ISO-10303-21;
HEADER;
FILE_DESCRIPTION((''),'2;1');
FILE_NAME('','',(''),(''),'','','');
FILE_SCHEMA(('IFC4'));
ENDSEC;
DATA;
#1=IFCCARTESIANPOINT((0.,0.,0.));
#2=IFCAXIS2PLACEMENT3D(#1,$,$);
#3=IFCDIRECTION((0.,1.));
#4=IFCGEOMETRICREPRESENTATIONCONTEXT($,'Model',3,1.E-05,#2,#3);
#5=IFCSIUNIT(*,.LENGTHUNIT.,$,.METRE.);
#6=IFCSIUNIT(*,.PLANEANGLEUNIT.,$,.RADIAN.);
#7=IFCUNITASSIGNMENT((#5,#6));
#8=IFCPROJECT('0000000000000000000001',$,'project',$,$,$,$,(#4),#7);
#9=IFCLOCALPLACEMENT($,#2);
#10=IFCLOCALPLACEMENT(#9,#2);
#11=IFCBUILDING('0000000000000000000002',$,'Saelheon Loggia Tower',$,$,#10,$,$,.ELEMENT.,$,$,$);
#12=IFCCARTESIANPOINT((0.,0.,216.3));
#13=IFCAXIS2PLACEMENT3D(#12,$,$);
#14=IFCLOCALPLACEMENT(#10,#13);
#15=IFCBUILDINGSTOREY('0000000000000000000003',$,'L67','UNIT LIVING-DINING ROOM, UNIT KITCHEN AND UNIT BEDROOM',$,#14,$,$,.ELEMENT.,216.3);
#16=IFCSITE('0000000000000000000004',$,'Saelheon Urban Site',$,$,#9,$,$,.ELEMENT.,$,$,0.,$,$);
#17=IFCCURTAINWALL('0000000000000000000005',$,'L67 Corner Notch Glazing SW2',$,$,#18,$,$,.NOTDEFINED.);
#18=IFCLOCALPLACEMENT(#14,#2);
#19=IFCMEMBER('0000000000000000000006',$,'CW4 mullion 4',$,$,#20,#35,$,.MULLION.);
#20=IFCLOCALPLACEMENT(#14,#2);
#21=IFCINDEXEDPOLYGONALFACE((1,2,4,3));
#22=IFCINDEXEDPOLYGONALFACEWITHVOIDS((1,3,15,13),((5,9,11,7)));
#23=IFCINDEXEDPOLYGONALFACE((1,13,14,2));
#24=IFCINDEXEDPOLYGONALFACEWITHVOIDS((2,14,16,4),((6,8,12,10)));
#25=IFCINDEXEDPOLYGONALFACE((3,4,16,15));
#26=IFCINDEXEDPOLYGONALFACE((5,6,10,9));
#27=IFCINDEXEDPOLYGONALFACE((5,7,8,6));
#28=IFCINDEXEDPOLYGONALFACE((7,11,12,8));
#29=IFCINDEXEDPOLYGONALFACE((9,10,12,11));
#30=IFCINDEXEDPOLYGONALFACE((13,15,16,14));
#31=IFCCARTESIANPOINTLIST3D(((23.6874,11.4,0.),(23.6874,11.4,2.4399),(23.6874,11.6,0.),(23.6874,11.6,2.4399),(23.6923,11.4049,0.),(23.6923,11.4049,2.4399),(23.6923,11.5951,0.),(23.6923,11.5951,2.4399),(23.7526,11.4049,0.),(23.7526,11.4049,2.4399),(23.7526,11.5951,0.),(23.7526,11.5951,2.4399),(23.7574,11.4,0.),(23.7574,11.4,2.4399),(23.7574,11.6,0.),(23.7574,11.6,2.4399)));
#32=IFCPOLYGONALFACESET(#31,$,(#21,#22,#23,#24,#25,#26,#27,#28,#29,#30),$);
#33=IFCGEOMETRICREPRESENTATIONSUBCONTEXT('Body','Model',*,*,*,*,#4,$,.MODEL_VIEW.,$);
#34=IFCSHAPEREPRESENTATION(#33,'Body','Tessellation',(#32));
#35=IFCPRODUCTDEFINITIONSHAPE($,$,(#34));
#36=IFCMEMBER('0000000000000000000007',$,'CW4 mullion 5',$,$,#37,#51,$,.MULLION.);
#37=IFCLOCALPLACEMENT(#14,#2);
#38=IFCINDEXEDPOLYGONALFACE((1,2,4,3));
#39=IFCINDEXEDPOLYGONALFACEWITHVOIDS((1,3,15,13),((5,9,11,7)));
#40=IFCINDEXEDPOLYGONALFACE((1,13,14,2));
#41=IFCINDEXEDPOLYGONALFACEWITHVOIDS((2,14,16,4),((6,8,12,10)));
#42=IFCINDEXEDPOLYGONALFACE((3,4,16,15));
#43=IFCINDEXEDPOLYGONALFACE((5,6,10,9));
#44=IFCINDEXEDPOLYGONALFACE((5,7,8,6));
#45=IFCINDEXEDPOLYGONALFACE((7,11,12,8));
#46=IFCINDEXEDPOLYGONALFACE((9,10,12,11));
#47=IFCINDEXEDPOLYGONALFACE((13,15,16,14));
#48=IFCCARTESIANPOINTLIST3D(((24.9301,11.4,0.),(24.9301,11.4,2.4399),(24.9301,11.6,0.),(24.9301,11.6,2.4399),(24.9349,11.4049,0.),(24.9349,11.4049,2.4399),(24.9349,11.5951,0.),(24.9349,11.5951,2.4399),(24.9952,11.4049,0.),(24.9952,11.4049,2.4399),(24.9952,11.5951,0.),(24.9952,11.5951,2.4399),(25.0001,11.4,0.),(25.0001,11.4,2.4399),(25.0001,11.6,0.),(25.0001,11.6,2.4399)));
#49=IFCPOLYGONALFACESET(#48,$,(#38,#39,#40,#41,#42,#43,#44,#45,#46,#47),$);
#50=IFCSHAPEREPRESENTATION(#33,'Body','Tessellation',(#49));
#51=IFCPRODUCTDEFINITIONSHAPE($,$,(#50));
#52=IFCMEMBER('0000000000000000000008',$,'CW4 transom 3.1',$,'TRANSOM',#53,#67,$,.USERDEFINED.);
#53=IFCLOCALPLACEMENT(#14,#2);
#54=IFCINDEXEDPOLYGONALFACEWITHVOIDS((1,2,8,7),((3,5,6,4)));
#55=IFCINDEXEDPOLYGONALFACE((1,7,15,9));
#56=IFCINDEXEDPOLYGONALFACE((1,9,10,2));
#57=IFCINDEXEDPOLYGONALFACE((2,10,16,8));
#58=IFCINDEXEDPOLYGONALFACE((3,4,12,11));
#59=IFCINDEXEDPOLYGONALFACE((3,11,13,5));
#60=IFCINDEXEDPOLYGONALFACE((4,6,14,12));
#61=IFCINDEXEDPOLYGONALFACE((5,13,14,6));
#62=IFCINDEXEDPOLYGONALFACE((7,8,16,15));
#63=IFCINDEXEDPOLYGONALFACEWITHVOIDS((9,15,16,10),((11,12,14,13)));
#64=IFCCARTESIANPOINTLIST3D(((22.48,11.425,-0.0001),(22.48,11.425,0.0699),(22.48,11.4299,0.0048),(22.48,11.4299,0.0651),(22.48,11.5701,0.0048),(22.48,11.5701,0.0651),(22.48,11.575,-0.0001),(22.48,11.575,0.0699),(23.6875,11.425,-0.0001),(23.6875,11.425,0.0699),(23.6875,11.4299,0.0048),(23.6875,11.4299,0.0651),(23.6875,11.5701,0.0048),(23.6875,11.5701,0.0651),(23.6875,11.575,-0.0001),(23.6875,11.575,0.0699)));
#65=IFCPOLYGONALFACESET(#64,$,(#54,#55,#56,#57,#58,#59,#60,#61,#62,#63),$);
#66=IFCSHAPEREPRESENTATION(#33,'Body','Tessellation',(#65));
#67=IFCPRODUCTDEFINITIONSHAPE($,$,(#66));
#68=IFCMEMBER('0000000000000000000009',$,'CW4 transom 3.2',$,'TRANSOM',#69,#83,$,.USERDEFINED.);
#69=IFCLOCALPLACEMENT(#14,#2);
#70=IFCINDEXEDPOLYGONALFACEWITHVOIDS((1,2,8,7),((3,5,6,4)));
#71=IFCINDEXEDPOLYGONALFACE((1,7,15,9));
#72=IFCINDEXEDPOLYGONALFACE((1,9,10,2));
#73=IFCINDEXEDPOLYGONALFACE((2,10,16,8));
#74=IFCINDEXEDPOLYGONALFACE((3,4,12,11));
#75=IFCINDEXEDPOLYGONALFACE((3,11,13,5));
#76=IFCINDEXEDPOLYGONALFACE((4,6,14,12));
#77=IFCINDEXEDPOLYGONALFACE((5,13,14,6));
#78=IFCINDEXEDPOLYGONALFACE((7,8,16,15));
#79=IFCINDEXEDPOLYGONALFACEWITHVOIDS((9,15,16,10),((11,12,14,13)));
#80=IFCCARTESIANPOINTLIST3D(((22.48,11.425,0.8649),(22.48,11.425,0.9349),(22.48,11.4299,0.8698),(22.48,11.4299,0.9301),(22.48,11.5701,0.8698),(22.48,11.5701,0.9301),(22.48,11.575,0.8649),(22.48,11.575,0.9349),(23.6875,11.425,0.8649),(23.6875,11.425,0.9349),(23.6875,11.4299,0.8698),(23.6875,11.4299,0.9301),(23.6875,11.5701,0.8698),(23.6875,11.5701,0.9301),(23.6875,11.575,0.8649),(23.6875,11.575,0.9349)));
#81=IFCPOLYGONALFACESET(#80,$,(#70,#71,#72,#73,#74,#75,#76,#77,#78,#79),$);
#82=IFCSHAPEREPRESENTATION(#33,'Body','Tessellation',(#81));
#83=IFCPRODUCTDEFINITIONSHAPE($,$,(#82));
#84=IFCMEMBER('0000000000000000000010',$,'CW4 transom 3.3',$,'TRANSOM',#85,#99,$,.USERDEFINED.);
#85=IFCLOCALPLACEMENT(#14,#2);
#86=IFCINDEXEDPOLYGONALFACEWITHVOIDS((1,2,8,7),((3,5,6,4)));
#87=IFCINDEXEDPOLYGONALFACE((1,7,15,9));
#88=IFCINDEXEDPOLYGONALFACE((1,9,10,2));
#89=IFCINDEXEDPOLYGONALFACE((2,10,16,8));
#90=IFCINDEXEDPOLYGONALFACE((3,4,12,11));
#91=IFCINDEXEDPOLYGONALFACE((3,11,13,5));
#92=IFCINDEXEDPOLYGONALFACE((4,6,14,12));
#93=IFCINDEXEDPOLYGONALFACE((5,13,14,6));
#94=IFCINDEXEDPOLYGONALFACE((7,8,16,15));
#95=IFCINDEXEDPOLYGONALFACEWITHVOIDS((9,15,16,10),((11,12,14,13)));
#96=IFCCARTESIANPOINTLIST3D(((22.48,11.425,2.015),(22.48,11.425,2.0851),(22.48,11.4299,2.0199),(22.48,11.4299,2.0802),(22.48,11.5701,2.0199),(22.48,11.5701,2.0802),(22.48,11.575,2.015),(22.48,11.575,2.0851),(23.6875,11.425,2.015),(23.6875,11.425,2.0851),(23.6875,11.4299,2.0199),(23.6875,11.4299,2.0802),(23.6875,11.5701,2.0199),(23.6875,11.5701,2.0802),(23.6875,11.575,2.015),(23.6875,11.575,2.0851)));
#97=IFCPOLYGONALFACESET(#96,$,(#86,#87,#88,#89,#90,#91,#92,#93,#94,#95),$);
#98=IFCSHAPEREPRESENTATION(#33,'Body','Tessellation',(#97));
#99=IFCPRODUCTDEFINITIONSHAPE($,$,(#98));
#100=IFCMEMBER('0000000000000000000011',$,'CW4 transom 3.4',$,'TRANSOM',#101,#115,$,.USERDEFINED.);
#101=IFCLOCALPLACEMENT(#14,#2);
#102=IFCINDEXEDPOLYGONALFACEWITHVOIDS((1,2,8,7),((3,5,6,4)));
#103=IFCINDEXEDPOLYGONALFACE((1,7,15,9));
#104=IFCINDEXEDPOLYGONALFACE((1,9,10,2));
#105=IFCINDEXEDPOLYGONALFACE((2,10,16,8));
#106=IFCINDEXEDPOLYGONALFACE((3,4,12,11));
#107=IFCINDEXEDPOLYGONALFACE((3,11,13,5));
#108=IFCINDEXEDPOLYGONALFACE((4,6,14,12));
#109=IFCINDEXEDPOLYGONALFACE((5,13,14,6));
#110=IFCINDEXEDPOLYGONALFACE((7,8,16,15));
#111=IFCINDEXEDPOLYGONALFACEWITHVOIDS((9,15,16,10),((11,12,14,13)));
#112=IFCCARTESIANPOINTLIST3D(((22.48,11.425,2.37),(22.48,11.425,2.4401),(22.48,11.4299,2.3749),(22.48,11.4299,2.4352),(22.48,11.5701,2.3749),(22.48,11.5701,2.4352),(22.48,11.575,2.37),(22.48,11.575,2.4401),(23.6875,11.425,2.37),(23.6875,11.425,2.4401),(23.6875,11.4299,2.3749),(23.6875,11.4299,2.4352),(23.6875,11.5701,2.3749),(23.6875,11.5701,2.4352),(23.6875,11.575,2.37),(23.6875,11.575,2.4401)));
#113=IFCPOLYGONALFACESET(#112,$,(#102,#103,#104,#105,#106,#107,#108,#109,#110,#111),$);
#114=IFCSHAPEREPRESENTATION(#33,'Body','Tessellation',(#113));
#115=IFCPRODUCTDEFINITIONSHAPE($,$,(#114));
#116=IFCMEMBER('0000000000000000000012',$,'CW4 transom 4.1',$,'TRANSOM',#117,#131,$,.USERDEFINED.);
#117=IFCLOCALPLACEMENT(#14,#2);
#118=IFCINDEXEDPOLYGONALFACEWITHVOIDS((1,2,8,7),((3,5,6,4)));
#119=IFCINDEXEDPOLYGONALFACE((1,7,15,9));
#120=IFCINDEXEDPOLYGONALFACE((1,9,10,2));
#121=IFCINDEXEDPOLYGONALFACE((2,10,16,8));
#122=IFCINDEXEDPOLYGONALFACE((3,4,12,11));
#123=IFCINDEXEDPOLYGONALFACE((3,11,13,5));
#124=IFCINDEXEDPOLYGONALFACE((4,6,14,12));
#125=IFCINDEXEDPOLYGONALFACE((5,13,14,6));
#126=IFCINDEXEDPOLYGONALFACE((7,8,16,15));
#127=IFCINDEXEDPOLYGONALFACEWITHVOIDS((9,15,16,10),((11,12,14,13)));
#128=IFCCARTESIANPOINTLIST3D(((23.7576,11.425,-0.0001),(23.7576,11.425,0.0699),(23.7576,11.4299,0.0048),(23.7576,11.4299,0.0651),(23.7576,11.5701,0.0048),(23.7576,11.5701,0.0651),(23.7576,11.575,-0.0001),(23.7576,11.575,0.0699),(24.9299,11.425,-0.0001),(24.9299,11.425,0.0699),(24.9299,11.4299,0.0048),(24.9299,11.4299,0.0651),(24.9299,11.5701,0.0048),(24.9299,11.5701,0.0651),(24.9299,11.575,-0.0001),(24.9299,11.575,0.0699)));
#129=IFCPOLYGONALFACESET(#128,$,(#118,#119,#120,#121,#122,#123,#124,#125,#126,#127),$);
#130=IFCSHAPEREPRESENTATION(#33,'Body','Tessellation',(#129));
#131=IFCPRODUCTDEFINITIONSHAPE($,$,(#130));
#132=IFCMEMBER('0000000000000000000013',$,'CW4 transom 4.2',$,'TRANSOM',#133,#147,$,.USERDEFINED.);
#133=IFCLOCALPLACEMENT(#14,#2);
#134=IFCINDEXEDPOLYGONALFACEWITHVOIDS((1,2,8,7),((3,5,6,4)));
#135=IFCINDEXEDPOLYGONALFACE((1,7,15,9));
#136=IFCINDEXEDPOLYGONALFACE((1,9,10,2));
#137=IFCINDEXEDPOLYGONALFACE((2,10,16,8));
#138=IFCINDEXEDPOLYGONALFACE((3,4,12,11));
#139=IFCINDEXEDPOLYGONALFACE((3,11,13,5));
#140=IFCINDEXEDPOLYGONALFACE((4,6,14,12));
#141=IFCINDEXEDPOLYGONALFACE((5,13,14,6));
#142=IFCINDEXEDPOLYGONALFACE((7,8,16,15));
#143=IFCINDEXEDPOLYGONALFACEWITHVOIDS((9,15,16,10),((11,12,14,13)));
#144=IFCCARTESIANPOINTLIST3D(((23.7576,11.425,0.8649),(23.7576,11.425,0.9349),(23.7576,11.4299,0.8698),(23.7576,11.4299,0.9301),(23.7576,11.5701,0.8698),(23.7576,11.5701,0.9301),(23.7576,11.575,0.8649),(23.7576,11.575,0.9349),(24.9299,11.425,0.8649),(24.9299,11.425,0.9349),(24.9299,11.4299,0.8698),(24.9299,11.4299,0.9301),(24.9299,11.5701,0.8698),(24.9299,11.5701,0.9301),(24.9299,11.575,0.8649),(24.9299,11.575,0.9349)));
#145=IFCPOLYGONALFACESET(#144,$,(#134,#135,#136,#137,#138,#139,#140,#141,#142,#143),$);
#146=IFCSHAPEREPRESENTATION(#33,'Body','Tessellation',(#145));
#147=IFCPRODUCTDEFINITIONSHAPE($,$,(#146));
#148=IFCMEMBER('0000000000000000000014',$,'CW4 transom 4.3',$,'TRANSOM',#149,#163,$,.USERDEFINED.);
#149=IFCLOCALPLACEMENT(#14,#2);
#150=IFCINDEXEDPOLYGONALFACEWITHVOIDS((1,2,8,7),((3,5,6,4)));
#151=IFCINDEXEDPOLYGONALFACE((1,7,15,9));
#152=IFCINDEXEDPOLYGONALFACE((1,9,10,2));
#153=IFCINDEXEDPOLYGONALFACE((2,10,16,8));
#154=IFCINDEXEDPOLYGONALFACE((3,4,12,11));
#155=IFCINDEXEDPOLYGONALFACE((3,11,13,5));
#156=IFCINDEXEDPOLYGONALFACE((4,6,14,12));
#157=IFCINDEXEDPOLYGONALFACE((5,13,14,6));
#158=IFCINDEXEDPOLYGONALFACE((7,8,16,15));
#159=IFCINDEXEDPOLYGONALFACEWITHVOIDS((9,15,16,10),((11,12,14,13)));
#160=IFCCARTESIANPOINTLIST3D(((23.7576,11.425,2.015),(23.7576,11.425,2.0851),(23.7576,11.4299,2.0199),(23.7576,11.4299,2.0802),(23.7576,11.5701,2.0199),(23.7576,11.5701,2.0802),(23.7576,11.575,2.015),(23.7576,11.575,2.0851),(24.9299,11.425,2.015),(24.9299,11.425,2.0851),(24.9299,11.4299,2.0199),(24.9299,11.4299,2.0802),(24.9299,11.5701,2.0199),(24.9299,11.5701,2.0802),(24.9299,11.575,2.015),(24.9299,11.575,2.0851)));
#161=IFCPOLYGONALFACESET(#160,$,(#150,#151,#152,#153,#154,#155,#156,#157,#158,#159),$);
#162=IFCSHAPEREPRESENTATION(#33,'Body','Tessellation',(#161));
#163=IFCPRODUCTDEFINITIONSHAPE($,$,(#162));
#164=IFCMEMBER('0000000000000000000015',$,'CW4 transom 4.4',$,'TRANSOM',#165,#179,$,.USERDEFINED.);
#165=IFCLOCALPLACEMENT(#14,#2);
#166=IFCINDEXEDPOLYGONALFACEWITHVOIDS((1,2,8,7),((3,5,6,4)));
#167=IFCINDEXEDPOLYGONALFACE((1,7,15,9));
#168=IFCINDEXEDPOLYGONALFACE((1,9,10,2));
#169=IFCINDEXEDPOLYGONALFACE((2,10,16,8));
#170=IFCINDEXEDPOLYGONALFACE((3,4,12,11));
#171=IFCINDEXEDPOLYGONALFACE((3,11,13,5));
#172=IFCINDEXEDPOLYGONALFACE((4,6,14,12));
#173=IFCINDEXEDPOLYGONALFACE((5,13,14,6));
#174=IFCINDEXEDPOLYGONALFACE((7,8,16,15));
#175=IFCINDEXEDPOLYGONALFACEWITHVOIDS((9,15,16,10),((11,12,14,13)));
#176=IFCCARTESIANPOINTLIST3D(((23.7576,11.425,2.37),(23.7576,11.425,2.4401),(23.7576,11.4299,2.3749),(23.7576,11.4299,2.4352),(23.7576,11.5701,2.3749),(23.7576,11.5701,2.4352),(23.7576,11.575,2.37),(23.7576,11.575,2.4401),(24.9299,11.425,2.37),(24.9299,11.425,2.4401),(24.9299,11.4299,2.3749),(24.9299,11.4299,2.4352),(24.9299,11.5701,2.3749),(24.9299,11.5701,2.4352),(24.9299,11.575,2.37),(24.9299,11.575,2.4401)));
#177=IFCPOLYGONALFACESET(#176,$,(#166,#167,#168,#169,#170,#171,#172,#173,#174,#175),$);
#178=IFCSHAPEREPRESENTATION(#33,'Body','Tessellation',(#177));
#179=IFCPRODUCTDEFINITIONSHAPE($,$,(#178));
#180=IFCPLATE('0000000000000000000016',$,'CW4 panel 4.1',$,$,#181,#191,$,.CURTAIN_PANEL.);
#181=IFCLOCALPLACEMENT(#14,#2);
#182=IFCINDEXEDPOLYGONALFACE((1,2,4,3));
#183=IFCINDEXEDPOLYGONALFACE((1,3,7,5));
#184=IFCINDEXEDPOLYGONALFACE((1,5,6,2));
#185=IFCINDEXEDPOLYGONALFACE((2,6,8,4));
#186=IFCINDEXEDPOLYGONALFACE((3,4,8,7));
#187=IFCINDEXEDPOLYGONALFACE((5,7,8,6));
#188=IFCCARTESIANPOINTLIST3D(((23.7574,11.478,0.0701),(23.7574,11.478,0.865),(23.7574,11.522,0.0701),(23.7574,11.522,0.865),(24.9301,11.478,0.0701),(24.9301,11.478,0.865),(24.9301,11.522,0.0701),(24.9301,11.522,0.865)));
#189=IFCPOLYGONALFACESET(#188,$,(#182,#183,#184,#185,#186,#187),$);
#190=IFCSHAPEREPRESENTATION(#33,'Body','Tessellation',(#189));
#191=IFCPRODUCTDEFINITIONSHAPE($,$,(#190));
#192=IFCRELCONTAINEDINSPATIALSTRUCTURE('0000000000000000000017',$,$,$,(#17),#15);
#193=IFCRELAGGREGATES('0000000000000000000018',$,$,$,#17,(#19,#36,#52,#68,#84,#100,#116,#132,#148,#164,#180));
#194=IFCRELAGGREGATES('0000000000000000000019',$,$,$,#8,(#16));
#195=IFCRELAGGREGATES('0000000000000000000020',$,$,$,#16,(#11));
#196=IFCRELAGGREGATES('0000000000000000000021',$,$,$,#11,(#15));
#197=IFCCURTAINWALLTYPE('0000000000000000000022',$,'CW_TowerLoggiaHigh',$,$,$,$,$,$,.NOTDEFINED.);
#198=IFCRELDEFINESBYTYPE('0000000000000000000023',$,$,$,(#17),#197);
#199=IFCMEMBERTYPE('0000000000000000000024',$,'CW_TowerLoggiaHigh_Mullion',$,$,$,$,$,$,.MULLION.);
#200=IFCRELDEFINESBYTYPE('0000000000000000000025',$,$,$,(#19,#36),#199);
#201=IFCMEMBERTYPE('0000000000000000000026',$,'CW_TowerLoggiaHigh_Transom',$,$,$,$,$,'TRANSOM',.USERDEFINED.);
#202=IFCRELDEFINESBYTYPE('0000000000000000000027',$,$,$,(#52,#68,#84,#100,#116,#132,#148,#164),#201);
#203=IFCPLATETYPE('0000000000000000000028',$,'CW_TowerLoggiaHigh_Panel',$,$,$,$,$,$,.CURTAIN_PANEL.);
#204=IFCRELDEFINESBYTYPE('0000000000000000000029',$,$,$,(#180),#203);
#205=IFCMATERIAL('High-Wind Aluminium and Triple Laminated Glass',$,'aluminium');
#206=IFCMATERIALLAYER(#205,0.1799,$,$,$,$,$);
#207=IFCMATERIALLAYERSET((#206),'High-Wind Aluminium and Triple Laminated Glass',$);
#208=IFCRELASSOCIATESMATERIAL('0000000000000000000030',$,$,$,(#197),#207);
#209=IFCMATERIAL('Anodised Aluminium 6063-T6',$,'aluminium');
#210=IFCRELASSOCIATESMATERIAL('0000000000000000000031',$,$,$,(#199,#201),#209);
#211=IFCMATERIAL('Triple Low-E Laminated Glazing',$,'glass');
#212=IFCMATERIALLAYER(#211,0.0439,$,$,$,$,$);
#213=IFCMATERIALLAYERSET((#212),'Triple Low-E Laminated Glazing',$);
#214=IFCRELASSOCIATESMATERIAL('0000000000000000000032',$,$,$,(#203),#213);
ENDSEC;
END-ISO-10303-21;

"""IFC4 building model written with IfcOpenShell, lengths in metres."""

from ifc_helpers import new_model, si_unit, direction, frame, origin, origin_2d, place, context, subcontext, project, spatial, rectangle, hollow_rectangle, extrude, source, transform, mapped, material, layer, layer_set, material_profile, profile_set, type_object, element, aggregate, save


model = new_model("IFC4")

# Units and contexts
model_context = context("Model", 3, precision=1e-05, world=origin(), true_north=direction((0.0, 1.0)))
body_context = subcontext(model_context, "Body", "Model", "MODEL_VIEW")
ifc_project = project(units=[si_unit("LENGTHUNIT", "METRE"), si_unit("PLANEANGLEUNIT", "RADIAN")], contexts=[model_context])

# Site, building, storey
site_placement = place(None, origin())
site = spatial("IfcSite", under=ifc_project, at=site_placement, Name="Saelheon Urban Site", CompositionType="ELEMENT", RefElevation=0.0)
building_placement = place(site_placement, origin())
building = spatial("IfcBuilding", under=site, at=building_placement, Name="Saelheon Loggia Tower", CompositionType="ELEMENT")
storey_placement = place(building_placement, frame((0.0, 0.0, 216.3)))
storey = spatial("IfcBuildingStorey", under=building, at=storey_placement, Name="L67", Description="UNIT LIVING-DINING ROOM, UNIT KITCHEN AND UNIT BEDROOM", CompositionType="ELEMENT", Elevation=216.3)

# Curtain wall, members, plate
ifc_material_1 = material(Name="High-Wind Aluminium and Triple Laminated Glass", Category="aluminium")
ifc_layer_1 = layer(ifc_material_1, 0.1799)
ifc_layer_set_1 = layer_set([ifc_layer_1], Name="High-Wind Aluminium and Triple Laminated Glass")
curtain_wall_type = type_object("IfcCurtainWallType", Name="CW_TowerLoggiaHigh", PredefinedType="NOTDEFINED", material=ifc_layer_set_1)
curtain_wall_placement = place(storey_placement, origin())
curtain_wall = element("IfcCurtainWall", 1, at=curtain_wall_placement, inside=storey, type_object=curtain_wall_type, Name="L67 Corner Notch Glazing SW2", PredefinedType="NOTDEFINED")
ifc_material_2 = material(Name="Anodised Aluminium 6063-T6", Category="aluminium")
ifc_material_profile_1 = material_profile(ifc_material_2, hollow_rectangle(XDim=0.0701, YDim=0.2, WallThickness=0.0049, at=origin_2d()), Name="RHS-200x70x5")
ifc_profile_set_1 = profile_set([ifc_material_profile_1], Name="Anodised Aluminium 6063-T6")
member_type_1 = type_object("IfcMemberType", Name="CW_TowerLoggiaHigh_Mullion", PredefinedType="MULLION", material=ifc_profile_set_1)
shared_shape_1 = source(origin(), body_context, "Body", "SweptSolid", [
    extrude(hollow_rectangle(XDim=0.0701, YDim=0.2, WallThickness=0.0049, at=origin_2d()), origin(), (0.0, 0.0, 1.0), 2.4399),
])
member_1_placement = place(storey_placement, frame((23.7224, 11.5, 0.0), z_axis=(0.0, 0.0, 1.0), x_axis=(1.0, 0.0, 0.0)))
member_1 = element("IfcMember", 2, at=member_1_placement, type_object=member_type_1, Name="CW4 mullion 4", PredefinedType="MULLION", context=body_context, shape_type="MappedRepresentation", body=[
    mapped(shared_shape_1, transform((0.0, 0.0, 0.0), scale=1.0)),
])
member_2_placement = place(storey_placement, frame((24.9651, 11.5, 0.0), z_axis=(0.0, 0.0, 1.0), x_axis=(1.0, 0.0, 0.0)))
member_2 = element("IfcMember", 3, at=member_2_placement, type_object=member_type_1, Name="CW4 mullion 5", PredefinedType="MULLION", context=body_context, shape_type="MappedRepresentation", body=[
    mapped(shared_shape_1, transform((0.0, 0.0, 0.0), scale=1.0)),
])
ifc_material_profile_2 = material_profile(ifc_material_2, hollow_rectangle(XDim=0.0701, YDim=0.1499, WallThickness=0.0049, at=origin_2d()), Name="RHS-150x70x5")
ifc_profile_set_2 = profile_set([ifc_material_profile_2], Name="Anodised Aluminium 6063-T6")
member_type_2 = type_object("IfcMemberType", Name="CW_TowerLoggiaHigh_Transom", ElementType="TRANSOM", PredefinedType="USERDEFINED", material=ifc_profile_set_2)
shared_shape_2 = source(origin(), body_context, "Body", "SweptSolid", [
    extrude(hollow_rectangle(XDim=0.0701, YDim=0.1499, WallThickness=0.0049, at=origin_2d()), origin(), (0.0, 0.0, 1.0), 1.2075),
])
member_3_placement = place(storey_placement, frame((22.48, 11.5, 0.0349), z_axis=(1.0, 0.0, 0.0), x_axis=(0.0, 0.0, 1.0)))
member_3 = element("IfcMember", 4, at=member_3_placement, type_object=member_type_2, Name="CW4 transom 3.1", ObjectType="TRANSOM", PredefinedType="USERDEFINED", context=body_context, shape_type="MappedRepresentation", body=[
    mapped(shared_shape_2, transform((0.0, 0.0, 0.0), scale=1.0)),
])
member_4_placement = place(storey_placement, frame((22.48, 11.5, 0.8999), z_axis=(1.0, 0.0, 0.0), x_axis=(0.0, 0.0, 1.0)))
member_4 = element("IfcMember", 5, at=member_4_placement, type_object=member_type_2, Name="CW4 transom 3.2", ObjectType="TRANSOM", PredefinedType="USERDEFINED", context=body_context, shape_type="MappedRepresentation", body=[
    mapped(shared_shape_2, transform((0.0, 0.0, 0.0), scale=1.0)),
])
member_5_placement = place(storey_placement, frame((22.48, 11.5, 2.05), z_axis=(1.0, 0.0, 0.0), x_axis=(0.0, 0.0, 1.0)))
member_5 = element("IfcMember", 6, at=member_5_placement, type_object=member_type_2, Name="CW4 transom 3.3", ObjectType="TRANSOM", PredefinedType="USERDEFINED", context=body_context, shape_type="MappedRepresentation", body=[
    mapped(shared_shape_2, transform((0.0, 0.0, 0.0), scale=1.0)),
])
member_6_placement = place(storey_placement, frame((22.48, 11.5, 2.405), z_axis=(1.0, 0.0, 0.0), x_axis=(0.0, 0.0, 1.0)))
member_6 = element("IfcMember", 7, at=member_6_placement, type_object=member_type_2, Name="CW4 transom 3.4", ObjectType="TRANSOM", PredefinedType="USERDEFINED", context=body_context, shape_type="MappedRepresentation", body=[
    mapped(shared_shape_2, transform((0.0, 0.0, 0.0), scale=1.0)),
])
shared_shape_3 = source(origin(), body_context, "Body", "SweptSolid", [
    extrude(hollow_rectangle(XDim=0.0701, YDim=0.1499, WallThickness=0.0049, at=origin_2d()), origin(), (0.0, 0.0, 1.0), 1.1724),
])
member_7_placement = place(storey_placement, frame((23.7576, 11.5, 0.0349), z_axis=(1.0, 0.0, 0.0), x_axis=(0.0, 0.0, 1.0)))
member_7 = element("IfcMember", 8, at=member_7_placement, type_object=member_type_2, Name="CW4 transom 4.1", ObjectType="TRANSOM", PredefinedType="USERDEFINED", context=body_context, shape_type="MappedRepresentation", body=[
    mapped(shared_shape_3, transform((0.0, 0.0, 0.0), scale=1.0)),
])
member_8_placement = place(storey_placement, frame((23.7576, 11.5, 0.8999), z_axis=(1.0, 0.0, 0.0), x_axis=(0.0, 0.0, 1.0)))
member_8 = element("IfcMember", 9, at=member_8_placement, type_object=member_type_2, Name="CW4 transom 4.2", ObjectType="TRANSOM", PredefinedType="USERDEFINED", context=body_context, shape_type="MappedRepresentation", body=[
    mapped(shared_shape_3, transform((0.0, 0.0, 0.0), scale=1.0)),
])
member_9_placement = place(storey_placement, frame((23.7576, 11.5, 2.05), z_axis=(1.0, 0.0, 0.0), x_axis=(0.0, 0.0, 1.0)))
member_9 = element("IfcMember", 10, at=member_9_placement, type_object=member_type_2, Name="CW4 transom 4.3", ObjectType="TRANSOM", PredefinedType="USERDEFINED", context=body_context, shape_type="MappedRepresentation", body=[
    mapped(shared_shape_3, transform((0.0, 0.0, 0.0), scale=1.0)),
])
member_10_placement = place(storey_placement, frame((23.7576, 11.5, 2.405), z_axis=(1.0, 0.0, 0.0), x_axis=(0.0, 0.0, 1.0)))
member_10 = element("IfcMember", 11, at=member_10_placement, type_object=member_type_2, Name="CW4 transom 4.4", ObjectType="TRANSOM", PredefinedType="USERDEFINED", context=body_context, shape_type="MappedRepresentation", body=[
    mapped(shared_shape_3, transform((0.0, 0.0, 0.0), scale=1.0)),
])
ifc_material_3 = material(Name="Triple Low-E Laminated Glazing", Category="glass")
ifc_layer_2 = layer(ifc_material_3, 0.0439)
ifc_layer_set_2 = layer_set([ifc_layer_2], Name="Triple Low-E Laminated Glazing")
plate_type = type_object("IfcPlateType", Name="CW_TowerLoggiaHigh_Panel", PredefinedType="CURTAIN_PANEL", material=ifc_layer_set_2)
shared_shape_4 = source(origin(), body_context, "Body", "SweptSolid", [
    extrude(rectangle(XDim=1.1726, YDim=0.0439, at=origin_2d()), origin(), (0.0, 0.0, 1.0), 0.7949),
])
plate_1_placement = place(storey_placement, frame((24.3438, 11.5, 0.0701), z_axis=(0.0, 0.0, 1.0), x_axis=(1.0, 0.0, 0.0)))
plate_1 = element("IfcPlate", 12, at=plate_1_placement, type_object=plate_type, Name="CW4 panel 4.1", PredefinedType="CURTAIN_PANEL", context=body_context, shape_type="MappedRepresentation", body=[
    mapped(shared_shape_4, transform((0.0, 0.0, 0.0), scale=1.0)),
])
aggregate(curtain_wall, [member_1, member_2, member_3, member_4, member_5, member_6, member_7, member_8, member_9, member_10, plate_1])

save(model, "model.ifc")
